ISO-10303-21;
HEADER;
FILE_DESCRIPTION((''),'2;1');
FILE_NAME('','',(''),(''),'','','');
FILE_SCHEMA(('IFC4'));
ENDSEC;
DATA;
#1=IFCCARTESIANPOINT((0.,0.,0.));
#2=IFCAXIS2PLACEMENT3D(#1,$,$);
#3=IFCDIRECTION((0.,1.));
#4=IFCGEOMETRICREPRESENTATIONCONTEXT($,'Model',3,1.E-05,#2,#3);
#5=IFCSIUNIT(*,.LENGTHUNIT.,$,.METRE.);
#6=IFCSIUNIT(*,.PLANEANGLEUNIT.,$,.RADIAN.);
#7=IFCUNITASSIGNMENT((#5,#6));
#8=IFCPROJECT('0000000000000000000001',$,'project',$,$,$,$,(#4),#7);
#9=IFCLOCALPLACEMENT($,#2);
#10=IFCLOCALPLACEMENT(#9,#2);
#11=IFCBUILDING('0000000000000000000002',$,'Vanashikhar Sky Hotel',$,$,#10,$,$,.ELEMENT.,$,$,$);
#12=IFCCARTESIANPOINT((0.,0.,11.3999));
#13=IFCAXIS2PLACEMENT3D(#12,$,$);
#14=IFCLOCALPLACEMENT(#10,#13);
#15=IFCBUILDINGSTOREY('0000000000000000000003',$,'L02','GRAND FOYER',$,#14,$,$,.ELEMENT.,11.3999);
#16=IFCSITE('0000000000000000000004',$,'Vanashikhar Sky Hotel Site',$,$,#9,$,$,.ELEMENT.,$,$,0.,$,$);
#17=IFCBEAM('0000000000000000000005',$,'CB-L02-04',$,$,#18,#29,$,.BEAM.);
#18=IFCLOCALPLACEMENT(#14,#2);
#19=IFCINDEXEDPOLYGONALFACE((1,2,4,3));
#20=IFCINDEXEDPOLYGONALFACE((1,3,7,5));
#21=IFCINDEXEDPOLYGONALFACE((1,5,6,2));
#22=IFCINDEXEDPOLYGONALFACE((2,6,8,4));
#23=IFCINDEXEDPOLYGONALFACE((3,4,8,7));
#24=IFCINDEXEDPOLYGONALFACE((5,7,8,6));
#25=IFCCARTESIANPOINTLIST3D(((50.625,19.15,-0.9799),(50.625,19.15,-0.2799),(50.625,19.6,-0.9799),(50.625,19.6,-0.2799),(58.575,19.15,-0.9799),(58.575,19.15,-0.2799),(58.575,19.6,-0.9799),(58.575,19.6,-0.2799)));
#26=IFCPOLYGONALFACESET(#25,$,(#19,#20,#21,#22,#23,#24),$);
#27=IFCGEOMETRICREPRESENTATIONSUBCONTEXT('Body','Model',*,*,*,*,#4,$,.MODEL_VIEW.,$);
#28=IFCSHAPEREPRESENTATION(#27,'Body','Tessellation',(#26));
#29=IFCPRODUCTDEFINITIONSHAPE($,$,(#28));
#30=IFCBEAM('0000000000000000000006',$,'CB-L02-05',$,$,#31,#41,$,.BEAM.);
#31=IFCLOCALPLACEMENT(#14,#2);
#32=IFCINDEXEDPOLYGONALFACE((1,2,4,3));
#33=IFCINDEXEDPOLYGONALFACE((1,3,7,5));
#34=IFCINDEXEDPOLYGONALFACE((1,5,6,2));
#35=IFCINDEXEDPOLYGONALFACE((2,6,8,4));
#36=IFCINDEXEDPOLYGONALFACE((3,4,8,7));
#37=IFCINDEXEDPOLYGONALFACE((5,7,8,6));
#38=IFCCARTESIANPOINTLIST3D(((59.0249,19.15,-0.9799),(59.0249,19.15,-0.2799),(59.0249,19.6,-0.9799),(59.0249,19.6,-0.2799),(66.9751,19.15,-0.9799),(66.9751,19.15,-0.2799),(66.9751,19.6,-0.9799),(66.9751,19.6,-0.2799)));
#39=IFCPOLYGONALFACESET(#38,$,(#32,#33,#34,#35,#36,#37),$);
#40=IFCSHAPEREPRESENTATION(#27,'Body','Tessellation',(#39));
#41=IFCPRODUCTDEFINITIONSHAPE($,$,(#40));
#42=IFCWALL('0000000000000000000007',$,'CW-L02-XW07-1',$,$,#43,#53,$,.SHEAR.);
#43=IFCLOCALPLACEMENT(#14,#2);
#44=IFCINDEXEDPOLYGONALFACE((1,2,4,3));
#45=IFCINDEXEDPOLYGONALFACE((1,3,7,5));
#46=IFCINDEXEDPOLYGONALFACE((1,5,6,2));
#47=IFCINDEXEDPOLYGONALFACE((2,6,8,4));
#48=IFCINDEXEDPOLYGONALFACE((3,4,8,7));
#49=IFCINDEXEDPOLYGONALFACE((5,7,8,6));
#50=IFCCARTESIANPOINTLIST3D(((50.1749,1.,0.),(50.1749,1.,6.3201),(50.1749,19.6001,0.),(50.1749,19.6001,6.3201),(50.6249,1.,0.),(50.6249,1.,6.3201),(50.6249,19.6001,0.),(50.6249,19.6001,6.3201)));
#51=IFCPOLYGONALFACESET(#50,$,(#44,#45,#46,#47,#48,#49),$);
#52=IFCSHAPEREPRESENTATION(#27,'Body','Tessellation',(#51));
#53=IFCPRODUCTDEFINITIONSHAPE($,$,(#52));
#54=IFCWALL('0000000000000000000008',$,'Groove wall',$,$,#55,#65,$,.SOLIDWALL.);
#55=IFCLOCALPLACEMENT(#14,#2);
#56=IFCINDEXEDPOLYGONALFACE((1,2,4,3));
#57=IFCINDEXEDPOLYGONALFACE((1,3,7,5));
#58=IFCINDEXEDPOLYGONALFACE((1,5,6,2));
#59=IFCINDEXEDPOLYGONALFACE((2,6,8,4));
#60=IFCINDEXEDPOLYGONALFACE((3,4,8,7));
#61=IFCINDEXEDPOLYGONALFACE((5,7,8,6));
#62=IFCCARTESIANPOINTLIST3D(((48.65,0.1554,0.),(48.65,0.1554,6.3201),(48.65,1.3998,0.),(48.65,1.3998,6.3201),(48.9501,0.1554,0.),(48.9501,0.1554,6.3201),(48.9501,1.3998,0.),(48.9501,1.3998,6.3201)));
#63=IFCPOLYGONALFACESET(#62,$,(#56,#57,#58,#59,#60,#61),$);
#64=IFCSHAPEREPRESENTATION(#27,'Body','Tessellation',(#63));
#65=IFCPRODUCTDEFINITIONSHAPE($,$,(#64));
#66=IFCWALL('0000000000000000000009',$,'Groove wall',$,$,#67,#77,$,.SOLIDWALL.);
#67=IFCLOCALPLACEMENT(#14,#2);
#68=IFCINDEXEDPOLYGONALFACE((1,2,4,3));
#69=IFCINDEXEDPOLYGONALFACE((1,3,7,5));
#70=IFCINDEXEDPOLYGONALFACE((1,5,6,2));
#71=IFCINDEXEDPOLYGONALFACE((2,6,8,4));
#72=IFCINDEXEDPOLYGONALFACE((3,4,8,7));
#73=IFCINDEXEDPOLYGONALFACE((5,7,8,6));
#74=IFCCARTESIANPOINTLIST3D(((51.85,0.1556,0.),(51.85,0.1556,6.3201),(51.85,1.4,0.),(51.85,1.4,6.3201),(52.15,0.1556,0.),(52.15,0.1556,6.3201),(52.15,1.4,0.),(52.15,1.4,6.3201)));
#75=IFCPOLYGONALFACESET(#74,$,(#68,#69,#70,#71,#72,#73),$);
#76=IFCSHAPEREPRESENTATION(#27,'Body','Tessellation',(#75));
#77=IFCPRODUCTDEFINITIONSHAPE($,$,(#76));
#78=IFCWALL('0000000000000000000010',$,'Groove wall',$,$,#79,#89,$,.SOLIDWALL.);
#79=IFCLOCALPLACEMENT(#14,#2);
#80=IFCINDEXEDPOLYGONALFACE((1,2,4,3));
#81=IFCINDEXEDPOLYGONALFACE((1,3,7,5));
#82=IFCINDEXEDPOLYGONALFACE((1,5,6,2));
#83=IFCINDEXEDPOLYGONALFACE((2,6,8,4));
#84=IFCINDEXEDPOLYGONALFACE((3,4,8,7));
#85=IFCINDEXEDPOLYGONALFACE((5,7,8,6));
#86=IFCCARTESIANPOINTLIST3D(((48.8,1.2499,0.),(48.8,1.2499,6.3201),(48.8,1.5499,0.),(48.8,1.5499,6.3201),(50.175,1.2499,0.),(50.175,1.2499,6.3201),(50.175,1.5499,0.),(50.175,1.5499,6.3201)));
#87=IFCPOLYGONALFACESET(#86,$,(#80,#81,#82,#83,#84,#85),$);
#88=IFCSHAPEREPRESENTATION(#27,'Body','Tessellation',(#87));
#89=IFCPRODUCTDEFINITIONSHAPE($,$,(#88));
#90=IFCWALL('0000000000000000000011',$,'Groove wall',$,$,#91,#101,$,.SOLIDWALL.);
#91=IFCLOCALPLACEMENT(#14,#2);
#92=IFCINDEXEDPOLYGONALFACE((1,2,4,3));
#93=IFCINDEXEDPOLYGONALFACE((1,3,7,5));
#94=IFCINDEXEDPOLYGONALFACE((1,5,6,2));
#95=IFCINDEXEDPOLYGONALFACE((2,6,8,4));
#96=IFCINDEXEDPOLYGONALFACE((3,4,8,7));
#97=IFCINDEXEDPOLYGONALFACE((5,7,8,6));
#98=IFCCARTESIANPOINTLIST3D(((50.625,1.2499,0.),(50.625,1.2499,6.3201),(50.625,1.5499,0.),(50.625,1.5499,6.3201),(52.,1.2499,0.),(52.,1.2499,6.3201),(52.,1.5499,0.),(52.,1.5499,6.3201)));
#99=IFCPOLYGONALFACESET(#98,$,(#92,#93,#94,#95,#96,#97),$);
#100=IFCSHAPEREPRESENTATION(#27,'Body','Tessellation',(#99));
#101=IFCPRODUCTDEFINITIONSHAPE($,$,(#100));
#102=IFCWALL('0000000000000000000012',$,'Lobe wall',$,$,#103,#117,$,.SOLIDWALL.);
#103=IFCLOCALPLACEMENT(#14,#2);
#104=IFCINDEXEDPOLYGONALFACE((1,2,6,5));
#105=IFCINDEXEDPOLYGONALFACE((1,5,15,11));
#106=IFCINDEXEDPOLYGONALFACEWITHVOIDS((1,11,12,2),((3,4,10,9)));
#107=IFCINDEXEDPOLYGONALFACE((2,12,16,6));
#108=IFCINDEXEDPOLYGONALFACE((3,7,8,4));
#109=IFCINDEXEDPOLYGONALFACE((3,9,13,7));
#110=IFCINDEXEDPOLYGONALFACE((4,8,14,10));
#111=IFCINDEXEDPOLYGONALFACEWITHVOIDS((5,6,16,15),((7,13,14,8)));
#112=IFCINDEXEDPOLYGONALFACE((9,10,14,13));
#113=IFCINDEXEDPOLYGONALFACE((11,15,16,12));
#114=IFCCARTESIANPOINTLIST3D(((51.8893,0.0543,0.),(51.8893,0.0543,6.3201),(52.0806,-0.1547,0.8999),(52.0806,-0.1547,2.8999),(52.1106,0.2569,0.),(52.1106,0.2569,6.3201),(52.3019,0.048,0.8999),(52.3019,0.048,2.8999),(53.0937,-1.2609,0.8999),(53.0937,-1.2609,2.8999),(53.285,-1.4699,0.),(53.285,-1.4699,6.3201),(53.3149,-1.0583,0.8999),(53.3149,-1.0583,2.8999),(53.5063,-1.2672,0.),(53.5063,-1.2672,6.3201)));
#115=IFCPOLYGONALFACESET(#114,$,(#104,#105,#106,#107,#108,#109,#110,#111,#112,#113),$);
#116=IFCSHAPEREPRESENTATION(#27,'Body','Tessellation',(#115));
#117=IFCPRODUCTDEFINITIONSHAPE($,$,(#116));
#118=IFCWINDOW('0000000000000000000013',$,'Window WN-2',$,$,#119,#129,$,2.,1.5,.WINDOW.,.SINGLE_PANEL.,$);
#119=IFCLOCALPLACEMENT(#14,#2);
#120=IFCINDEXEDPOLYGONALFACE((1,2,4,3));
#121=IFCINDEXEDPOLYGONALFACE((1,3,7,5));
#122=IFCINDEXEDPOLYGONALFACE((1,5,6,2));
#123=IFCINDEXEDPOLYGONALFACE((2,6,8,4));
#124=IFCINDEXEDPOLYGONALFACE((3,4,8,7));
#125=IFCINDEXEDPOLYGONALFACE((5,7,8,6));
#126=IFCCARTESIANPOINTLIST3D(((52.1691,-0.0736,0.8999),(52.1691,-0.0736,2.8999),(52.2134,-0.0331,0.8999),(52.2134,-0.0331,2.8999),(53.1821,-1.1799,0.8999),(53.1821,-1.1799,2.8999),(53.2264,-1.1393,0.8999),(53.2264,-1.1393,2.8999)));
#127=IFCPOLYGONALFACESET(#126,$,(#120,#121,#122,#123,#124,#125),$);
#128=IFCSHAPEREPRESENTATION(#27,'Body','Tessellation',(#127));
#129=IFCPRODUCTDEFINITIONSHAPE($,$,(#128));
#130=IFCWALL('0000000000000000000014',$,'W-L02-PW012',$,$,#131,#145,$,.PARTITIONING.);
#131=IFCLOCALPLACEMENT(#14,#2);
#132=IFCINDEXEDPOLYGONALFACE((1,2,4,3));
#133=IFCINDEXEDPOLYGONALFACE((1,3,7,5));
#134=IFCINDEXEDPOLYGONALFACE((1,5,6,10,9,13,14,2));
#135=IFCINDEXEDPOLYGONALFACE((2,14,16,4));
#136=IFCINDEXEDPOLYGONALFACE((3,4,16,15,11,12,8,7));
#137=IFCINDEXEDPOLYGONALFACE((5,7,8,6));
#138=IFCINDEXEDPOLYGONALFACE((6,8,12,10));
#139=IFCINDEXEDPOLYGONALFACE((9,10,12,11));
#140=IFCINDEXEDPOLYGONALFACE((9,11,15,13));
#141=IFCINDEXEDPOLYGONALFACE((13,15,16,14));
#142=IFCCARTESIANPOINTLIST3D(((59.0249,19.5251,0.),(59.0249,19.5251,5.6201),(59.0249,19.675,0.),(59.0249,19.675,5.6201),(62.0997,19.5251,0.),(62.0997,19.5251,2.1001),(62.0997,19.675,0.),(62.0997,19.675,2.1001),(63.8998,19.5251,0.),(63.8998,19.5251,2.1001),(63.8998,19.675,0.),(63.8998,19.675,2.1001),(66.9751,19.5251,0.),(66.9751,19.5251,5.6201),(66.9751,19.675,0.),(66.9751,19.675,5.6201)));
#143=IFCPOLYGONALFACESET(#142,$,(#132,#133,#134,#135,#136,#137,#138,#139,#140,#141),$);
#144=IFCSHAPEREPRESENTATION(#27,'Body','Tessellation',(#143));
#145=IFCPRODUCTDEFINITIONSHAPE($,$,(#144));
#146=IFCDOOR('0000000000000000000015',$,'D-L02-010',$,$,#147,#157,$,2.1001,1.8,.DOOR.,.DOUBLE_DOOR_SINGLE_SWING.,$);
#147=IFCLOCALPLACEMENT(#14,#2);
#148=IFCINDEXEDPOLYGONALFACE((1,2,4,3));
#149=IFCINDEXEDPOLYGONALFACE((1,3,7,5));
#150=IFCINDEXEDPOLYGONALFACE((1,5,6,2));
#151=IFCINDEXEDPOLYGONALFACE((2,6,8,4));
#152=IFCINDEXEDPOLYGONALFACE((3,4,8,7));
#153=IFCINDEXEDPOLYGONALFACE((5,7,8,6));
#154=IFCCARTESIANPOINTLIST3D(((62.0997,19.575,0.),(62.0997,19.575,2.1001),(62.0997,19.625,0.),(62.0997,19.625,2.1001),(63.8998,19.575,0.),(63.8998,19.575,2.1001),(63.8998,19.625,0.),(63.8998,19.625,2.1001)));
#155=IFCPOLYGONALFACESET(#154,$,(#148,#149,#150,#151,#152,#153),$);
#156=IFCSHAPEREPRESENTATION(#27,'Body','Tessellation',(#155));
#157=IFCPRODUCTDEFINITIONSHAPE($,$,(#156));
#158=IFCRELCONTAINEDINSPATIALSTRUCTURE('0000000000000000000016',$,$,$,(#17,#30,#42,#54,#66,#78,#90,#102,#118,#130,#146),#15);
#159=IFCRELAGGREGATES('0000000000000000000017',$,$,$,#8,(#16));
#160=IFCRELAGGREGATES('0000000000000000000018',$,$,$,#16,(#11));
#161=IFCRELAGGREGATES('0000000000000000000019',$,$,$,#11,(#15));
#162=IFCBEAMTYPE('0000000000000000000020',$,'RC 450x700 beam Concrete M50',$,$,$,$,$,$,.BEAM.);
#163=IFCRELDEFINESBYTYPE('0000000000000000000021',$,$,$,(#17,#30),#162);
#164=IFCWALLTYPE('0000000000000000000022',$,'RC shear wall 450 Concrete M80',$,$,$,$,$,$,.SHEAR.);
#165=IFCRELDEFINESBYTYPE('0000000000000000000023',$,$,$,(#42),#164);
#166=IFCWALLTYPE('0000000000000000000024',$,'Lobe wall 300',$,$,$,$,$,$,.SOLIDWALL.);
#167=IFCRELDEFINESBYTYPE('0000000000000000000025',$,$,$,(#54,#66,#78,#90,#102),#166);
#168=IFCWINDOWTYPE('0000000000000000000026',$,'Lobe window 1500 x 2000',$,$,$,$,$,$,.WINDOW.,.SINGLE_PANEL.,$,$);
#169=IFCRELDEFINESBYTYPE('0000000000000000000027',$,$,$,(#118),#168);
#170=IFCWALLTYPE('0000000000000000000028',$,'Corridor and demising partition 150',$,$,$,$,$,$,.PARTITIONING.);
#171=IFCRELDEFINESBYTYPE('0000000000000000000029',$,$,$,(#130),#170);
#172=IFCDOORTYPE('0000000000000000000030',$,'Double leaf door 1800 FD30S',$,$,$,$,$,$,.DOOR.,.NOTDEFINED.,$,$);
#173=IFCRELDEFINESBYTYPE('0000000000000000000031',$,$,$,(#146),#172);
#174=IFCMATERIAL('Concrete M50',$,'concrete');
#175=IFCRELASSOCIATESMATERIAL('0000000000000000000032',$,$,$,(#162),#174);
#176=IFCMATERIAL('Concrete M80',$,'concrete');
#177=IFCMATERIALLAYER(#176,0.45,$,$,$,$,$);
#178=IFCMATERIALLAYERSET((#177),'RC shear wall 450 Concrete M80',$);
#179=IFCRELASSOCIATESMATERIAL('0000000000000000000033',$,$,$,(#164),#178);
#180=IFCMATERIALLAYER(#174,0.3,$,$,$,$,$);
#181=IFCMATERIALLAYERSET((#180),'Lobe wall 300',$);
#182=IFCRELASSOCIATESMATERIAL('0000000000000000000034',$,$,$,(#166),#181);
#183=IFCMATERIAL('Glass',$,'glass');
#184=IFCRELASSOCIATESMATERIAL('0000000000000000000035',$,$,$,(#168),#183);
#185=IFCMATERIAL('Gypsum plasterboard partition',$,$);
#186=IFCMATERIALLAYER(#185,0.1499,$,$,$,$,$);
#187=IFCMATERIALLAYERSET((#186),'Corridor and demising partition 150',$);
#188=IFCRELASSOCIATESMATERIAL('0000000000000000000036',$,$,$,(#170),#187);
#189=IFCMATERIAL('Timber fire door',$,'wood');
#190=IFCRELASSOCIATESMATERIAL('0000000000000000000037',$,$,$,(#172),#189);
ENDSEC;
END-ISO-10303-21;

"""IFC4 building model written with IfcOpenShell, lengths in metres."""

from ifc_helpers import new_model, si_unit, direction, frame, frame_2d, origin, origin_2d, place, context, subcontext, project, spatial, rectangle, extrude, source, transform, mapped, material, layer, layer_set, material_profile, profile_set, type_object, element, fill, save


model = new_model("IFC4")

# Units and contexts
model_context = context("Model", 3, precision=1e-05, world=origin(), true_north=direction((0.0, 1.0)))
body_context = subcontext(model_context, "Body", "Model", "MODEL_VIEW")
ifc_project = project(units=[si_unit("LENGTHUNIT", "METRE"), si_unit("PLANEANGLEUNIT", "RADIAN")], contexts=[model_context])

# Site, building, storey
site_placement = place(None, origin())
site = spatial("IfcSite", under=ifc_project, at=site_placement, Name="Vanashikhar Sky Hotel Site", CompositionType="ELEMENT", RefElevation=0.0)
building_placement = place(site_placement, origin())
building = spatial("IfcBuilding", under=site, at=building_placement, Name="Vanashikhar Sky Hotel", CompositionType="ELEMENT")
storey_placement = place(building_placement, frame((0.0, 0.0, 11.3999)))
storey = spatial("IfcBuildingStorey", under=building, at=storey_placement, Name="L02", Description="GRAND FOYER", CompositionType="ELEMENT", Elevation=11.3999)

# Beams
ifc_material_1 = material(Name="Concrete M50", Category="concrete")
ifc_material_profile = material_profile(ifc_material_1, rectangle(XDim=0.45, YDim=0.7, at=origin_2d()))
ifc_profile_set = profile_set([ifc_material_profile], Name="RC 450x700 beam Concrete M50")
beam_type = type_object("IfcBeamType", Name="RC 450x700 beam Concrete M50", PredefinedType="BEAM", material=ifc_profile_set)
shared_shape_1 = source(origin(), body_context, "Body", "SweptSolid", [
    extrude(rectangle(XDim=0.45, YDim=0.7, at=origin_2d()), origin(), (0.0, 0.0, 1.0), 7.95),
])
beam_1_placement = place(storey_placement, frame((50.625, 19.375, -0.6299), z_axis=(1.0, 0.0, 0.0), x_axis=(0.0, 1.0, 0.0)))
element("IfcBeam", 1, at=beam_1_placement, inside=storey, type_object=beam_type, Name="CB-L02-04", PredefinedType="BEAM", context=body_context, shape_type="MappedRepresentation", body=[
    mapped(shared_shape_1, transform((0.0, 0.0, 0.0), scale=1.0)),
])
shared_shape_2 = source(origin(), body_context, "Body", "SweptSolid", [
    extrude(rectangle(XDim=0.45, YDim=0.7, at=origin_2d()), origin(), (0.0, 0.0, 1.0), 7.9502),
])
beam_2_placement = place(storey_placement, frame((59.0249, 19.375, -0.6299), z_axis=(1.0, 0.0, 0.0), x_axis=(0.0, 1.0, 0.0)))
element("IfcBeam", 2, at=beam_2_placement, inside=storey, type_object=beam_type, Name="CB-L02-05", PredefinedType="BEAM", context=body_context, shape_type="MappedRepresentation", body=[
    mapped(shared_shape_2, transform((0.0, 0.0, 0.0), scale=1.0)),
])

# Walls
ifc_material_2 = material(Name="Concrete M80", Category="concrete")
ifc_layer_1 = layer(ifc_material_2, 0.45)
ifc_layer_set_1 = layer_set([ifc_layer_1], Name="RC shear wall 450 Concrete M80")
wall_type_1 = type_object("IfcWallType", Name="RC shear wall 450 Concrete M80", PredefinedType="SHEAR", material=ifc_layer_set_1)
shared_shape_3 = source(origin(), body_context, "Body", "SweptSolid", [
    extrude(rectangle(XDim=18.6001, YDim=0.45, at=frame_2d((9.3, 0.0))), origin(), (0.0, 0.0, 1.0), 6.3201),
])
wall_1_placement = place(storey_placement, frame((50.3999, 1.0, 0.0), z_axis=(0.0, 0.0, 1.0), x_axis=(0.0, 1.0, 0.0)))
element("IfcWall", 3, at=wall_1_placement, inside=storey, type_object=wall_type_1, Name="CW-L02-XW07-1", PredefinedType="SHEAR", context=body_context, shape_type="MappedRepresentation", body=[
    mapped(shared_shape_3, transform((0.0, 0.0, 0.0), scale=1.0)),
])
ifc_layer_2 = layer(ifc_material_1, 0.3)
ifc_layer_set_2 = layer_set([ifc_layer_2], Name="Lobe wall 300")
wall_type_2 = type_object("IfcWallType", Name="Lobe wall 300", PredefinedType="SOLIDWALL", material=ifc_layer_set_2)
shared_shape_4 = source(origin(), body_context, "Body", "SweptSolid", [
    extrude(rectangle(XDim=1.2444, YDim=0.3, at=frame_2d((0.6221, 0.0))), origin(), (0.0, 0.0, 1.0), 6.3201),
])
for number, where, z_axis, x_axis, name in (
    (4, (48.8, 0.1555, 0.0), (0.0, 0.0, 1.0), (0.0, 1.0, 0.0), "Groove wall"),
    (5, (52.0, 1.3999, 0.0), (0.0, 0.0, 1.0), (0.0, -1.0, 0.0), "Groove wall"),
):
    element("IfcWall", number, at=place(storey_placement, frame(where, z_axis=z_axis, x_axis=x_axis)), inside=storey, type_object=wall_type_2, Name=name, PredefinedType="SOLIDWALL", context=body_context, shape_type="MappedRepresentation", body=[
        mapped(shared_shape_4, transform((0.0, 0.0, 0.0), scale=1.0)),
    ])
shared_shape_5 = source(origin(), body_context, "Body", "SweptSolid", [
    extrude(rectangle(XDim=1.375, YDim=0.3, at=frame_2d((0.6875, 0.0))), origin(), (0.0, 0.0, 1.0), 6.3201),
])
for number, where, z_axis, x_axis, name in (
    (6, (48.8, 1.3999, 0.0), (0.0, 0.0, 1.0), (1.0, 0.0, 0.0), "Groove wall"),
    (7, (50.625, 1.3999, 0.0), (0.0, 0.0, 1.0), (1.0, 0.0, 0.0), "Groove wall"),
):
    element("IfcWall", number, at=place(storey_placement, frame(where, z_axis=z_axis, x_axis=x_axis)), inside=storey, type_object=wall_type_2, Name=name, PredefinedType="SOLIDWALL", context=body_context, shape_type="MappedRepresentation", body=[
        mapped(shared_shape_5, transform((0.0, 0.0, 0.0), scale=1.0)),
    ])

# Wall, opening, window
shared_shape_6 = source(origin(), body_context, "Body", "SweptSolid", [
    extrude(rectangle(XDim=2.0667, YDim=0.3, at=frame_2d((1.0332, 0.0))), origin(), (0.0, 0.0, 1.0), 6.3201),
])
wall_2_placement = place(storey_placement, frame((52.0, 0.1555, 0.0), z_axis=(0.0, 0.0, 1.0), x_axis=(0.675355, -0.737492, 0.0)))
wall_2 = element("IfcWall", 8, at=wall_2_placement, inside=storey, type_object=wall_type_2, Name="Lobe wall", PredefinedType="SOLIDWALL", context=body_context, shape_type="MappedRepresentation", body=[
    mapped(shared_shape_6, transform((0.0, 0.0, 0.0), scale=1.0)),
])
shared_shape_7 = source(origin(), body_context, "Body", "SweptSolid", [
    extrude(rectangle(XDim=1.5, YDim=2.0, at=frame_2d((0.75, 1.0))), frame((0.0, 0.1602, 0.0), z_axis=(0.0, -1.0, 0.0), x_axis=(1.0, 0.0, 0.0)), (0.0, 0.0, 1.0), 0.3201),
])
opening_1_placement = place(wall_2_placement, frame((0.2832, 0.0, 0.8999)))
opening_1 = element("IfcOpeningElement", 9, at=opening_1_placement, cuts=wall_2, PredefinedType="OPENING", context=body_context, shape_type="MappedRepresentation", body=[
    mapped(shared_shape_7, transform((0.0, 0.0, 0.0), scale=1.0)),
])
ifc_material_3 = material(Name="Glass", Category="glass")
window_type = type_object("IfcWindowType", Name="Lobe window 1500 x 2000", PartitioningType="SINGLE_PANEL", PredefinedType="WINDOW", material=ifc_material_3)
shared_shape_8 = source(origin(), body_context, "Body", "SweptSolid", [
    extrude(rectangle(XDim=1.5, YDim=2.0, at=frame_2d((0.75, 1.0))), frame((0.0, 0.03, 0.0), z_axis=(0.0, -1.0, 0.0), x_axis=(1.0, 0.0, 0.0)), (0.0, 0.0, 1.0), 0.0601),
])
window_placement = place(opening_1_placement, origin())
window = element("IfcWindow", 10, at=window_placement, inside=storey, type_object=window_type, Name="Window WN-2", OverallHeight=2.0, OverallWidth=1.5, PartitioningType="SINGLE_PANEL", PredefinedType="WINDOW", context=body_context, shape_type="MappedRepresentation", body=[
    mapped(shared_shape_8, transform((0.0, 0.0, 0.0), scale=1.0)),
])
fill(opening_1, window)

# Wall, opening, door
ifc_material_4 = material(Name="Gypsum plasterboard partition")
ifc_layer_3 = layer(ifc_material_4, 0.1499)
ifc_layer_set_3 = layer_set([ifc_layer_3], Name="Corridor and demising partition 150")
wall_type_3 = type_object("IfcWallType", Name="Corridor and demising partition 150", PredefinedType="PARTITIONING", material=ifc_layer_set_3)
shared_shape_9 = source(origin(), body_context, "Body", "SweptSolid", [
    extrude(rectangle(XDim=7.9502, YDim=0.1499, at=frame_2d((3.9751, 0.0))), origin(), (0.0, 0.0, 1.0), 5.6201),
])
wall_3_placement = place(storey_placement, frame((59.0249, 19.6001, 0.0), z_axis=(0.0, 0.0, 1.0), x_axis=(1.0, 0.0, 0.0)))
wall_3 = element("IfcWall", 11, at=wall_3_placement, inside=storey, type_object=wall_type_3, Name="W-L02-PW012", PredefinedType="PARTITIONING", context=body_context, shape_type="MappedRepresentation", body=[
    mapped(shared_shape_9, transform((0.0, 0.0, 0.0), scale=1.0)),
])
shared_shape_10 = source(origin(), body_context, "Body", "SweptSolid", [
    extrude(rectangle(XDim=1.8, YDim=2.1001, at=frame_2d((0.8999, 1.05))), frame((0.0, 0.085, 0.0), z_axis=(0.0, -1.0, 0.0), x_axis=(1.0, 0.0, 0.0)), (0.0, 0.0, 1.0), 0.1699),
])
opening_2_placement = place(wall_3_placement, frame((3.075, 0.0, 0.0)))
opening_2 = element("IfcOpeningElement", 12, at=opening_2_placement, cuts=wall_3, PredefinedType="OPENING", context=body_context, shape_type="MappedRepresentation", body=[
    mapped(shared_shape_10, transform((0.0, 0.0, 0.0), scale=1.0)),
])
ifc_material_5 = material(Name="Timber fire door", Category="wood")
door_type_1 = type_object("IfcDoorType", Name="Double leaf door 1800 FD30S", OperationType="NOTDEFINED", PredefinedType="DOOR", material=ifc_material_5)
shared_shape_11 = source(origin(), body_context, "Body", "SweptSolid", [
    extrude(rectangle(XDim=1.8, YDim=2.1001, at=frame_2d((0.8999, 1.05))), frame((0.0, 0.0249, 0.0), z_axis=(0.0, -1.0, 0.0), x_axis=(1.0, 0.0, 0.0)), (0.0, 0.0, 1.0), 0.05),
])
door_1_placement = place(opening_2_placement, origin())
door_1 = element("IfcDoor", 13, at=door_1_placement, inside=storey, type_object=door_type_1, Name="D-L02-010", OperationType="DOUBLE_DOOR_SINGLE_SWING", OverallHeight=2.1001, OverallWidth=1.8, PredefinedType="DOOR", context=body_context, shape_type="MappedRepresentation", body=[
    mapped(shared_shape_11, transform((0.0, 0.0, 0.0), scale=1.0)),
])
fill(opening_2, door_1)

save(model, "model.ifc")
